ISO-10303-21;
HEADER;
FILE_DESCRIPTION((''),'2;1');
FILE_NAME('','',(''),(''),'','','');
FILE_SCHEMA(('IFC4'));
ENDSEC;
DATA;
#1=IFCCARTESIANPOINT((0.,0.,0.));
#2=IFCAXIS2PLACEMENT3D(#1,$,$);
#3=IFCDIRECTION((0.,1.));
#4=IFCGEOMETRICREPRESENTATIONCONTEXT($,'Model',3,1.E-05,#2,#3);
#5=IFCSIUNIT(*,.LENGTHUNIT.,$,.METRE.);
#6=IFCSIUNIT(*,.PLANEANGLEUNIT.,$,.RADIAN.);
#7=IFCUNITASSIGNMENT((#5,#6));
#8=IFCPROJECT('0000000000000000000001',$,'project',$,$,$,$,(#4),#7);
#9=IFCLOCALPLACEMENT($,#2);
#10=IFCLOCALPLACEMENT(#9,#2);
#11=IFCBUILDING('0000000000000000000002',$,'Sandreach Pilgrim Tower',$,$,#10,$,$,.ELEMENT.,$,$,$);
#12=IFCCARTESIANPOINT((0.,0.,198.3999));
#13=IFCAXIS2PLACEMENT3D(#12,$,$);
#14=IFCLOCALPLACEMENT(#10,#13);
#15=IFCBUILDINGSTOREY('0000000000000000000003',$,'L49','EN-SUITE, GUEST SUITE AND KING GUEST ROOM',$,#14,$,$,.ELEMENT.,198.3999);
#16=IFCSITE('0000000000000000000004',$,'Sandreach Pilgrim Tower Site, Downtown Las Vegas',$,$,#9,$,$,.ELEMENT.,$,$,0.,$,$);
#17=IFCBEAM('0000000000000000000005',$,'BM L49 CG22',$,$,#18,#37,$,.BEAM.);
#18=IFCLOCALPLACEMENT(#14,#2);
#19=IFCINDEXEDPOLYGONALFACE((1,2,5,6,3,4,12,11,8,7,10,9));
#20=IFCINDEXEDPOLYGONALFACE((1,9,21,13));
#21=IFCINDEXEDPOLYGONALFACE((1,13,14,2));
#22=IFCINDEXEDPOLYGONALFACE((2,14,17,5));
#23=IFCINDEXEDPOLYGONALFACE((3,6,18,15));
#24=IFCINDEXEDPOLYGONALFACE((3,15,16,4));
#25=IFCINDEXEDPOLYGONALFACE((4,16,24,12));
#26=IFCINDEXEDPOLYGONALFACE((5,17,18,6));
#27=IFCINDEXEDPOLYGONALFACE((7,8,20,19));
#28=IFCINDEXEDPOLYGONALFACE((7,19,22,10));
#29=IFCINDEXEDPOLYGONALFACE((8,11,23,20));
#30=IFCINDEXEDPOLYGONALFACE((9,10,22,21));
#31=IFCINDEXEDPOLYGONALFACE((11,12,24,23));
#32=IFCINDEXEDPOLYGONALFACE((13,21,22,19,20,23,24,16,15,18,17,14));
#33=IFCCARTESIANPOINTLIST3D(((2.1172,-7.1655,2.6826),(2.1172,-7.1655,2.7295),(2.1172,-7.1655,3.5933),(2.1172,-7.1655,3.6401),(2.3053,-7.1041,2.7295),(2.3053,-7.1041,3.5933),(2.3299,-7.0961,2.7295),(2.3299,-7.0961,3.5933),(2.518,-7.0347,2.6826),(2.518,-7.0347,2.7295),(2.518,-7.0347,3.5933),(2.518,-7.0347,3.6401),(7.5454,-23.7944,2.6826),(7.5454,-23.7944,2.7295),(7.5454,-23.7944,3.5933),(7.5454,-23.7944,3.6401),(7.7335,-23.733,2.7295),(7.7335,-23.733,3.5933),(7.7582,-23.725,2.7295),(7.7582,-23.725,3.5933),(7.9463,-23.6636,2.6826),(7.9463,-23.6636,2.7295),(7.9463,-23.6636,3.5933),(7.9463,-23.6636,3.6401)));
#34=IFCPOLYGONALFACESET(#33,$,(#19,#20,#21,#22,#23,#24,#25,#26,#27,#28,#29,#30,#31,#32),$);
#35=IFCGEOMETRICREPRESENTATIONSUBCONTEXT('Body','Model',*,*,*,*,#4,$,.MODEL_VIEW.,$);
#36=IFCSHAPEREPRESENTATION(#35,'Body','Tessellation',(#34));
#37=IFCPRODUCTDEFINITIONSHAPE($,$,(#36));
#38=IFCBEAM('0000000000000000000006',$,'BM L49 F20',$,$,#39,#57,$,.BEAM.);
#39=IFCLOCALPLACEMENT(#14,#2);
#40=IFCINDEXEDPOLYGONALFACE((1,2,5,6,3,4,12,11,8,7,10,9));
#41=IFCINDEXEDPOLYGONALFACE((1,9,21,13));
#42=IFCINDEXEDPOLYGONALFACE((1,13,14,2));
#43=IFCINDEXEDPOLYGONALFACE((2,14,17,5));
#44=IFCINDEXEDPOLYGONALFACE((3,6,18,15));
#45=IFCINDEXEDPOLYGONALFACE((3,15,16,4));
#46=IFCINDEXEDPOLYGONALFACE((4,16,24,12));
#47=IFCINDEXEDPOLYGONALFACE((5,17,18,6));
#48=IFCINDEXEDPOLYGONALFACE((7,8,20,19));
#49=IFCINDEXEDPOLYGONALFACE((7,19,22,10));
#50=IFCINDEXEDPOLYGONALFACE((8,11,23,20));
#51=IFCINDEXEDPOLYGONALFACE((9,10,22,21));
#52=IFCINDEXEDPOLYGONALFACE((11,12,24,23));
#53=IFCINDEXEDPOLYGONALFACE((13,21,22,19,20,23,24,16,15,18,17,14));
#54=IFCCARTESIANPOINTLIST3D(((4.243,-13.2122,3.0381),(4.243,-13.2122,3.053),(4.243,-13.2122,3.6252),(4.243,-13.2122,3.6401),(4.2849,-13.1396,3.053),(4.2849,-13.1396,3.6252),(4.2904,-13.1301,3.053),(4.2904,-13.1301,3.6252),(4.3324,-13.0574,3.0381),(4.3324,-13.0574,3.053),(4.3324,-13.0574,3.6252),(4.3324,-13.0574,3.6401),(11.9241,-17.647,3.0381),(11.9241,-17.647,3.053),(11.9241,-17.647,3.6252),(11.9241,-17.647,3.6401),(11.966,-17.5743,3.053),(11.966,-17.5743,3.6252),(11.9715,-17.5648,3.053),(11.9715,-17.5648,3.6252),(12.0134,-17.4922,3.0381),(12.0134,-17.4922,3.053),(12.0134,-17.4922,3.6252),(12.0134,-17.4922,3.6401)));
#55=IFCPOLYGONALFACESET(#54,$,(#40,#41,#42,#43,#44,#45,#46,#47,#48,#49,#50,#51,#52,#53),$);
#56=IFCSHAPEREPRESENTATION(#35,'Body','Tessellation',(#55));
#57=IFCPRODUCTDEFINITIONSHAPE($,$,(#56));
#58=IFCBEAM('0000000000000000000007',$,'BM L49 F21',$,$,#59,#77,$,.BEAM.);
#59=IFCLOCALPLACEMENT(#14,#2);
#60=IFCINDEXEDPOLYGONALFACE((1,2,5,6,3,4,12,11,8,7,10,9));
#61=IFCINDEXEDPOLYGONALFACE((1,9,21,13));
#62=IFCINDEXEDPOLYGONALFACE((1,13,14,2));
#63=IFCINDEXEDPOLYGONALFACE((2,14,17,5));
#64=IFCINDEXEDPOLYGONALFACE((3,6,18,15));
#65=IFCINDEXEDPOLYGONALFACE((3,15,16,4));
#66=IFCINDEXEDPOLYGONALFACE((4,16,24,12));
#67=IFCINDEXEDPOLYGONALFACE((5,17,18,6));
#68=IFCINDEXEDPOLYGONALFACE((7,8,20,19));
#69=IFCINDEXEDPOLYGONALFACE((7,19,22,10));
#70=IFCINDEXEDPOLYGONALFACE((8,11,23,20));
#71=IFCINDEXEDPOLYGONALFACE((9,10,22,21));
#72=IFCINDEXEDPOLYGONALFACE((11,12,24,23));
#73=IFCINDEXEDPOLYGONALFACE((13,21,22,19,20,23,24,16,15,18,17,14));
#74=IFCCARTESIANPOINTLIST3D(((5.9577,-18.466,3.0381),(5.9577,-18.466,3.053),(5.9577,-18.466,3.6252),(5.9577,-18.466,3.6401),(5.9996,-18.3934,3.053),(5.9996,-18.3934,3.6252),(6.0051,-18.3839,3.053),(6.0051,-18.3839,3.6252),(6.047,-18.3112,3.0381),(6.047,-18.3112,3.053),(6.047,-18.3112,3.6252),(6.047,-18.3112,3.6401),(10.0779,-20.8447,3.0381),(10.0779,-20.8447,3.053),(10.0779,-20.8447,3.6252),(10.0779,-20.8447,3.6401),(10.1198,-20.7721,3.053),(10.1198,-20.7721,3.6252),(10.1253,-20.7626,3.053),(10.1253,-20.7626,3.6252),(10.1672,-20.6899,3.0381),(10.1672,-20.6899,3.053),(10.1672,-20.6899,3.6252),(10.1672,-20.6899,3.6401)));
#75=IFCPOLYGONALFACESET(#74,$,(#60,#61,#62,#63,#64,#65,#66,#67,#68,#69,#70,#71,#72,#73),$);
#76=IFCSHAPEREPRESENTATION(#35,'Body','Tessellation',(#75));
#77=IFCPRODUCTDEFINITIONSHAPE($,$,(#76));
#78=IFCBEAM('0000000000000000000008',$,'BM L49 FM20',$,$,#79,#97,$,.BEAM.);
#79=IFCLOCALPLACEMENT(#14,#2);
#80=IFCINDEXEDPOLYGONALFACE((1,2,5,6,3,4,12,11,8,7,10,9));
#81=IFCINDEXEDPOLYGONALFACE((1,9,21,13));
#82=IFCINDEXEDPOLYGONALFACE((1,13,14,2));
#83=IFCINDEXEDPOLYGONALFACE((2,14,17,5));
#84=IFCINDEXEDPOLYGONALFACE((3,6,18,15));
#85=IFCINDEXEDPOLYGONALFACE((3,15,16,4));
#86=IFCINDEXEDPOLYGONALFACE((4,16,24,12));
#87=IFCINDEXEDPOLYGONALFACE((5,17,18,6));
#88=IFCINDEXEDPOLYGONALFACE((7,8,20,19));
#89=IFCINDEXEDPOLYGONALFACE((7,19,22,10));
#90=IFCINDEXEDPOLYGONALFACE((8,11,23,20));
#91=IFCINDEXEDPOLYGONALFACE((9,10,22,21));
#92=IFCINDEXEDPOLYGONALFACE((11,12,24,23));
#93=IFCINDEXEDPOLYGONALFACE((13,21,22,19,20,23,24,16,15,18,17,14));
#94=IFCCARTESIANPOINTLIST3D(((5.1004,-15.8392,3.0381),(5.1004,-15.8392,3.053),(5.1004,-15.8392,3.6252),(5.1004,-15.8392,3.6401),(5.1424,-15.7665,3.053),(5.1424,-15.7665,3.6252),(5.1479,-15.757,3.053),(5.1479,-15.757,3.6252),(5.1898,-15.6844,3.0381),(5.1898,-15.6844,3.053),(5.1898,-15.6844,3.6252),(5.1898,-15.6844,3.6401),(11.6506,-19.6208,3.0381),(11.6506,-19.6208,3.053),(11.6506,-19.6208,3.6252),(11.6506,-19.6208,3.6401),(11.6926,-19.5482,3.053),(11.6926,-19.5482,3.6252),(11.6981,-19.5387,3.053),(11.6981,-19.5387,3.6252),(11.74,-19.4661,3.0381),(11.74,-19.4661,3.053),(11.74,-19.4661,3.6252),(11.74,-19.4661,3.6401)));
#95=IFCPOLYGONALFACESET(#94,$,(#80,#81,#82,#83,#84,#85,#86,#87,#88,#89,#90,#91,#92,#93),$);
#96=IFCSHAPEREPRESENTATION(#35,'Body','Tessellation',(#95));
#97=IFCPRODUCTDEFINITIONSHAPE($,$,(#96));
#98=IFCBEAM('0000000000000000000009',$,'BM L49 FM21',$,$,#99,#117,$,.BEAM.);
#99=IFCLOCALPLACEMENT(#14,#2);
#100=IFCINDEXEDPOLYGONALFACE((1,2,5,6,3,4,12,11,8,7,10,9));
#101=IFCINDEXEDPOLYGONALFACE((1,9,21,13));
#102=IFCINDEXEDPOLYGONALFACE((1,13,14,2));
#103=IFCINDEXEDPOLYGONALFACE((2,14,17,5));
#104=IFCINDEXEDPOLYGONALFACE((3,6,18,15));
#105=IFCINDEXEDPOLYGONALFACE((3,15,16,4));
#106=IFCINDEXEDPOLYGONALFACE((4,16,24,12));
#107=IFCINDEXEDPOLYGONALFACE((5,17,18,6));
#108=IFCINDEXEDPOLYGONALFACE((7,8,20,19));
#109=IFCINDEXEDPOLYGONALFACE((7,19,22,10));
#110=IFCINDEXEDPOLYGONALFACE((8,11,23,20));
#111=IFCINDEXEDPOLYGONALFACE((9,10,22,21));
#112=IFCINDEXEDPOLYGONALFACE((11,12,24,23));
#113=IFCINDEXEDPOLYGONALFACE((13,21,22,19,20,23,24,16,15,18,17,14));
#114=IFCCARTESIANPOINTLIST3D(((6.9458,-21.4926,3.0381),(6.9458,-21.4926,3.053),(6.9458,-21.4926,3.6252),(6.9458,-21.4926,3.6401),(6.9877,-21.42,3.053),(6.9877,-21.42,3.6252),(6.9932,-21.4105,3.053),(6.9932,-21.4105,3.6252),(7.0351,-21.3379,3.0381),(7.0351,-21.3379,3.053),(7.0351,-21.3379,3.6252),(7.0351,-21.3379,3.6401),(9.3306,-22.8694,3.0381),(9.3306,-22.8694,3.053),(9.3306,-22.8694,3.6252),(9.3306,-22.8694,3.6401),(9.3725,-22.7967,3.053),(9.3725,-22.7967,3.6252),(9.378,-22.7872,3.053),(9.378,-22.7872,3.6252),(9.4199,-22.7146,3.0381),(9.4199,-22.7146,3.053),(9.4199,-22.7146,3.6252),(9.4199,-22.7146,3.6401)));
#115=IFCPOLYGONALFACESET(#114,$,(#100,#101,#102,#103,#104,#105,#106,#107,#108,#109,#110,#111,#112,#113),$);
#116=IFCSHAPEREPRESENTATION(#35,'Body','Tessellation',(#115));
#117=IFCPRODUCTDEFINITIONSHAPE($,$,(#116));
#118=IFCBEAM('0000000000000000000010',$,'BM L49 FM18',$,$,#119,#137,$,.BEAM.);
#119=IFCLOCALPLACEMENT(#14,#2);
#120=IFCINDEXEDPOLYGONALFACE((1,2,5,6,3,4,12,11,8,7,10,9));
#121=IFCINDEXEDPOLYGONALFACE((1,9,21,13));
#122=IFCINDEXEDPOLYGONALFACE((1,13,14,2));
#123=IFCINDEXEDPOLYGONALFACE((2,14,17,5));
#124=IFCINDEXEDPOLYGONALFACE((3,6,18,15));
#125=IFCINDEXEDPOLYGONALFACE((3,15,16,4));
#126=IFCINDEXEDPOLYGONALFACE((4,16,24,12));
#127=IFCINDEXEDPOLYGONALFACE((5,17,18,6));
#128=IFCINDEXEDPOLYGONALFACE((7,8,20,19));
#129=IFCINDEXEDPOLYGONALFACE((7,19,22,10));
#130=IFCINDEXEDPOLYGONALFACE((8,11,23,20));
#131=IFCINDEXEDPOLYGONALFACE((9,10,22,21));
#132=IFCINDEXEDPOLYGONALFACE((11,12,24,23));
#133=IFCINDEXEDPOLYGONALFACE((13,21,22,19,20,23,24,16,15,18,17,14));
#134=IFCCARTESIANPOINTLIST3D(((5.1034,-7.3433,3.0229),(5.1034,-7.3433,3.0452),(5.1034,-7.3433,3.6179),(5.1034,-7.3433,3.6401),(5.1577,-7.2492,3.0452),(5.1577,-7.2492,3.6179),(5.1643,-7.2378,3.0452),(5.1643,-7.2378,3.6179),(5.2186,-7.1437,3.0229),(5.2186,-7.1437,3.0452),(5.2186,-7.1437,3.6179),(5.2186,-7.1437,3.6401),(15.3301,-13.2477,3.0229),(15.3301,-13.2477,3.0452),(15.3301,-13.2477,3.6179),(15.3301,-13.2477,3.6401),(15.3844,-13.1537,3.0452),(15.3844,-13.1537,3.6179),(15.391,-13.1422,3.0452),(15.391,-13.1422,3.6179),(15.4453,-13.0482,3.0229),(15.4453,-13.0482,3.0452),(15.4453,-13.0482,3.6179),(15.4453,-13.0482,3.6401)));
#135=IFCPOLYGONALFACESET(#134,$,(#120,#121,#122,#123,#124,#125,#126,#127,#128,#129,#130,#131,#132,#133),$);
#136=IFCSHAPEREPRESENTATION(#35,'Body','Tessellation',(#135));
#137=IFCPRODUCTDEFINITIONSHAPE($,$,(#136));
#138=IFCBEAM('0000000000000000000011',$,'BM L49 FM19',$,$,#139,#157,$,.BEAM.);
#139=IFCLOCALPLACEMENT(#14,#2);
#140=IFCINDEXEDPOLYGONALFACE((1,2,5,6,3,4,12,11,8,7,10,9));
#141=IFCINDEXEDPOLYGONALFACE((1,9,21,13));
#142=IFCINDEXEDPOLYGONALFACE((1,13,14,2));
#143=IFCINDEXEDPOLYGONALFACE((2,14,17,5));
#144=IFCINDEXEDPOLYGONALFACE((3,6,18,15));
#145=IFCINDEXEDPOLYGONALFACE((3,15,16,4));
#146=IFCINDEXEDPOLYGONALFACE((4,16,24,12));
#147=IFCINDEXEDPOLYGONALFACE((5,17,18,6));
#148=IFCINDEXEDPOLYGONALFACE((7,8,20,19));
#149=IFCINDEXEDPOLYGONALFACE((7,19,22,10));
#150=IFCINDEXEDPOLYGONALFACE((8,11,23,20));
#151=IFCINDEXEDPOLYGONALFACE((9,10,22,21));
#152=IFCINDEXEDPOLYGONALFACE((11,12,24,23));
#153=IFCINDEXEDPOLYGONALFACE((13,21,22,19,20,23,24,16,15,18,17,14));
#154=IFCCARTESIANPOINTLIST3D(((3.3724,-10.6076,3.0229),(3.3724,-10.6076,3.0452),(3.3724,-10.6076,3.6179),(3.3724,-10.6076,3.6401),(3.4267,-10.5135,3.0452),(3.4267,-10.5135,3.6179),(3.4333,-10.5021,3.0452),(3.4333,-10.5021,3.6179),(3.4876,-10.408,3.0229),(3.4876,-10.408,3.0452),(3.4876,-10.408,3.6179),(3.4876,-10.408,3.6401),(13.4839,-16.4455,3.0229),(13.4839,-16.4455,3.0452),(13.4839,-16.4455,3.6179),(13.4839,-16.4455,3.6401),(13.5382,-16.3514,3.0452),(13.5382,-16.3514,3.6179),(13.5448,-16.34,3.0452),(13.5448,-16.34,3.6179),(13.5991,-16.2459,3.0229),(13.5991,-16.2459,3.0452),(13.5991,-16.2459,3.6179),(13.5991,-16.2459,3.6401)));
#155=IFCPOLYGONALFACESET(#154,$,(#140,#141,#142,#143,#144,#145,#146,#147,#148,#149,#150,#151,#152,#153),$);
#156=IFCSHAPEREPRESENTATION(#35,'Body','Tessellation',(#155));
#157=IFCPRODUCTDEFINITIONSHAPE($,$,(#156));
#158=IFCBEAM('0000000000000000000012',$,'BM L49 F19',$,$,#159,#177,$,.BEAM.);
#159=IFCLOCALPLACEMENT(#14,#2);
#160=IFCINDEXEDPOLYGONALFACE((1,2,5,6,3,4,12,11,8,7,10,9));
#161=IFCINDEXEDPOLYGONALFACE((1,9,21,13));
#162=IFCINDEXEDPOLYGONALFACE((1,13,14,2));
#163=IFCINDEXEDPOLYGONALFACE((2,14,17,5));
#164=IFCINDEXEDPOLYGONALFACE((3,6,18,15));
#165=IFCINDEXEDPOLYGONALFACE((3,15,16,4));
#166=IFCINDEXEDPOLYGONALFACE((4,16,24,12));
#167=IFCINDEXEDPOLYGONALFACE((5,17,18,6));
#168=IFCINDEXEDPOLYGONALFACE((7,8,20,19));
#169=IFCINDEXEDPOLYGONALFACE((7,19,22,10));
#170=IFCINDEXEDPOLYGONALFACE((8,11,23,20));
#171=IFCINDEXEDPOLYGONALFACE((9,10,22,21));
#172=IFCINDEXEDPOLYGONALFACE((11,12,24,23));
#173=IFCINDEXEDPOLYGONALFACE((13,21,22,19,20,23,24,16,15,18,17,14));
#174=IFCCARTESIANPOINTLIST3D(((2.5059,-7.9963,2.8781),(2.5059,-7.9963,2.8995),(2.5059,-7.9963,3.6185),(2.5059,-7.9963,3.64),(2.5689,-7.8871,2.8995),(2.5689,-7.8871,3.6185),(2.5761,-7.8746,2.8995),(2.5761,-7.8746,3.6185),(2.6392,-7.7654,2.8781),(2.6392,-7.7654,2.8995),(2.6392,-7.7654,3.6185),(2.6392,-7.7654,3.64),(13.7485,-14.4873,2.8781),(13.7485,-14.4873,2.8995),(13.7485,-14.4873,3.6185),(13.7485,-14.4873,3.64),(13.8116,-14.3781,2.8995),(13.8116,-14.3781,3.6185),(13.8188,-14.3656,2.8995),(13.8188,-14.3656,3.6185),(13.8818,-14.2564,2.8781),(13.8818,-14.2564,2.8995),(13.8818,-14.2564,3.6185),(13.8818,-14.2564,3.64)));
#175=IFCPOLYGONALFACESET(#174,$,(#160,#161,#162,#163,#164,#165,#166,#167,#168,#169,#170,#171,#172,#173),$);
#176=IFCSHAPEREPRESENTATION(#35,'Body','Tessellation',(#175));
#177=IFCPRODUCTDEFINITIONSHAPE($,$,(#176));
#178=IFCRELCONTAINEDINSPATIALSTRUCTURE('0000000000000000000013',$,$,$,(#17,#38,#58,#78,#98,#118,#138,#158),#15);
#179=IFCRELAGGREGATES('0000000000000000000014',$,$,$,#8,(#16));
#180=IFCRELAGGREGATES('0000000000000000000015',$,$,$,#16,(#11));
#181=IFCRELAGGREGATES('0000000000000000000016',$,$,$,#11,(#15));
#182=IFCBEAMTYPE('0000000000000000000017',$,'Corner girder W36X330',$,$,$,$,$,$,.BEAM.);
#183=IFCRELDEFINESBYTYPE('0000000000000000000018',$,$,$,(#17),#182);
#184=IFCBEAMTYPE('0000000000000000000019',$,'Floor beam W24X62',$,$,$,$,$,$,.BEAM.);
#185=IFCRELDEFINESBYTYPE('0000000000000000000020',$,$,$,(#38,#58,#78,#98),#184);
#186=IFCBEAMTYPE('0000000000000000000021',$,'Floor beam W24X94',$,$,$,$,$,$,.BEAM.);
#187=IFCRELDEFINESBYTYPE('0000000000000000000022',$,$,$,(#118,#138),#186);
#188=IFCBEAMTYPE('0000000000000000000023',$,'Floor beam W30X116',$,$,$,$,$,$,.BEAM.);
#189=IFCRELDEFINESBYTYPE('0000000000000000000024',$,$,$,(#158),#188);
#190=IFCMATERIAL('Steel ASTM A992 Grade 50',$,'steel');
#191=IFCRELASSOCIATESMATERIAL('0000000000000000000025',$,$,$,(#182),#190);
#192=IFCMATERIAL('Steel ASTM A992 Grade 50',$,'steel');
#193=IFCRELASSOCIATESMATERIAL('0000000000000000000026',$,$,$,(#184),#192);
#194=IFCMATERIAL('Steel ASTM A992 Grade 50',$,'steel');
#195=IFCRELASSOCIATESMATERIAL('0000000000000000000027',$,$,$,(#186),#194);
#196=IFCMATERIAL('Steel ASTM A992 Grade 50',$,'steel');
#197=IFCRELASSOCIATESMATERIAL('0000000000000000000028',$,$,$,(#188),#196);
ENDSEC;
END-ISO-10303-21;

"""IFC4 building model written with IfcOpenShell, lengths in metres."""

from ifc_helpers import new_model, si_unit, direction, frame, origin, origin_2d, place, context, subcontext, project, spatial, i_section, extrude, material, material_profile, profile_set, type_object, element, save


model = new_model("IFC4")

# Units and contexts
model_context = context("Model", 3, precision=1e-05, world=origin(), true_north=direction((0.0, 1.0)))
body_context = subcontext(model_context, "Body", "Model", "MODEL_VIEW")
ifc_project = project(units=[si_unit("LENGTHUNIT", "METRE"), si_unit("PLANEANGLEUNIT", "RADIAN")], contexts=[model_context])

# Site, building, storey
site_placement = place(None, origin())
site = spatial("IfcSite", under=ifc_project, at=site_placement, Name="Sandreach Pilgrim Tower Site, Downtown Las Vegas", CompositionType="ELEMENT", RefElevation=0.0)
building_placement = place(site_placement, origin())
building = spatial("IfcBuilding", under=site, at=building_placement, Name="Sandreach Pilgrim Tower", CompositionType="ELEMENT")
storey_placement = place(building_placement, frame((0.0, 0.0, 198.3999)))
storey = spatial("IfcBuildingStorey", under=building, at=storey_placement, Name="L49", Description="EN-SUITE, GUEST SUITE AND KING GUEST ROOM", CompositionType="ELEMENT", Elevation=198.3999)

# Beams
ifc_material_1 = material(Name="Steel ASTM A992 Grade 50", Category="steel")
ifc_material_profile_1 = material_profile(ifc_material_1, i_section(OverallWidth=0.4216, OverallDepth=0.9575, WebThickness=0.0259, FlangeThickness=0.0469, at=origin_2d()), Name="W36X330")
ifc_profile_set_1 = profile_set([ifc_material_profile_1], Name="Steel ASTM A992 Grade 50")
beam_type_1 = type_object("IfcBeamType", Name="Corner girder W36X330", PredefinedType="BEAM", material=ifc_profile_set_1)
beam_1_placement = place(storey_placement, frame((7.7458, -23.729, 3.1614), z_axis=(-0.310318, 0.950633, 0.0), x_axis=(-0.950633, -0.310318, 0.0)))
element("IfcBeam", 1, at=beam_1_placement, inside=storey, type_object=beam_type_1, Name="BM L49 CG22", PredefinedType="BEAM", context=body_context, shape_type="SweptSolid", body=[
    extrude(i_section(OverallWidth=0.4216, OverallDepth=0.9575, WebThickness=0.0259, FlangeThickness=0.0469, at=origin_2d()), origin(), (0.0, 0.0, 1.0), 17.4924),
])
ifc_material_2 = material(Name="Steel ASTM A992 Grade 50", Category="steel")
ifc_material_profile_2 = material_profile(ifc_material_2, i_section(OverallWidth=0.1787, OverallDepth=0.6021, WebThickness=0.011, FlangeThickness=0.0149, at=origin_2d()), Name="W24X62")
ifc_profile_set_2 = profile_set([ifc_material_profile_2], Name="Steel ASTM A992 Grade 50")
beam_type_2 = type_object("IfcBeamType", Name="Floor beam W24X62", PredefinedType="BEAM", material=ifc_profile_set_2)
beam_2_placement = place(storey_placement, frame((11.9688, -17.5696, 3.3391), z_axis=(-0.866021, 0.500008, 0.0), x_axis=(-0.500008, -0.866021, 0.0)))
element("IfcBeam", 2, at=beam_2_placement, inside=storey, type_object=beam_type_2, Name="BM L49 F20", PredefinedType="BEAM", context=body_context, shape_type="SweptSolid", body=[
    extrude(i_section(OverallWidth=0.1787, OverallDepth=0.6021, WebThickness=0.011, FlangeThickness=0.0149, at=origin_2d()), origin(), (0.0, 0.0, 1.0), 8.8694),
])
beam_3_placement = place(storey_placement, frame((10.1226, -20.7673, 3.3391), z_axis=(-0.866033, 0.499986, 0.0), x_axis=(-0.499986, -0.866033, 0.0)))
element("IfcBeam", 3, at=beam_3_placement, inside=storey, type_object=beam_type_2, Name="BM L49 F21", PredefinedType="BEAM", context=body_context, shape_type="SweptSolid", body=[
    extrude(i_section(OverallWidth=0.1787, OverallDepth=0.6021, WebThickness=0.011, FlangeThickness=0.0149, at=origin_2d()), origin(), (0.0, 0.0, 1.0), 4.7576),
])
beam_4_placement = place(storey_placement, frame((11.6953, -19.5435, 3.3391), z_axis=(-0.86603, 0.499993, 0.0), x_axis=(-0.499993, -0.86603, 0.0)))
element("IfcBeam", 4, at=beam_4_placement, inside=storey, type_object=beam_type_2, Name="BM L49 FM20", PredefinedType="BEAM", context=body_context, shape_type="SweptSolid", body=[
    extrude(i_section(OverallWidth=0.1787, OverallDepth=0.6021, WebThickness=0.011, FlangeThickness=0.0149, at=origin_2d()), origin(), (0.0, 0.0, 1.0), 7.5635),
])
beam_5_placement = place(storey_placement, frame((9.3752, -22.792, 3.3391), z_axis=(-0.866047, 0.499963, 0.0), x_axis=(-0.499963, -0.866047, 0.0)))
element("IfcBeam", 5, at=beam_5_placement, inside=storey, type_object=beam_type_2, Name="BM L49 FM21", PredefinedType="BEAM", context=body_context, shape_type="SweptSolid", body=[
    extrude(i_section(OverallWidth=0.1787, OverallDepth=0.6021, WebThickness=0.011, FlangeThickness=0.0149, at=origin_2d()), origin(), (0.0, 0.0, 1.0), 2.7537),
])
ifc_material_3 = material(Name="Steel ASTM A992 Grade 50", Category="steel")
ifc_material_profile_3 = material_profile(ifc_material_3, i_section(OverallWidth=0.2305, OverallDepth=0.6172, WebThickness=0.0132, FlangeThickness=0.0222, at=origin_2d()), Name="W24X94")
ifc_profile_set_3 = profile_set([ifc_material_profile_3], Name="Steel ASTM A992 Grade 50")
beam_type_3 = type_object("IfcBeamType", Name="Floor beam W24X94", PredefinedType="BEAM", material=ifc_profile_set_3)
beam_6_placement = place(storey_placement, frame((15.3877, -13.1479, 3.3315), z_axis=(-0.866022, 0.500006, 0.0), x_axis=(-0.500006, -0.866022, 0.0)))
element("IfcBeam", 6, at=beam_6_placement, inside=storey, type_object=beam_type_3, Name="BM L49 FM18", PredefinedType="BEAM", context=body_context, shape_type="SweptSolid", body=[
    extrude(i_section(OverallWidth=0.2305, OverallDepth=0.6172, WebThickness=0.0132, FlangeThickness=0.0222, at=origin_2d()), origin(), (0.0, 0.0, 1.0), 11.8088),
])
beam_7_placement = place(storey_placement, frame((13.5415, -16.3457, 3.3315), z_axis=(-0.866026, 0.499998, 0.0), x_axis=(-0.499998, -0.866026, 0.0)))
element("IfcBeam", 7, at=beam_7_placement, inside=storey, type_object=beam_type_3, Name="BM L49 FM19", PredefinedType="BEAM", context=body_context, shape_type="SweptSolid", body=[
    extrude(i_section(OverallWidth=0.2305, OverallDepth=0.6172, WebThickness=0.0132, FlangeThickness=0.0222, at=origin_2d()), origin(), (0.0, 0.0, 1.0), 11.6758),
])
ifc_material_4 = material(Name="Steel ASTM A992 Grade 50", Category="steel")
ifc_material_profile_4 = material_profile(ifc_material_4, i_section(OverallWidth=0.2666, OverallDepth=0.762, WebThickness=0.0144, FlangeThickness=0.0215, at=origin_2d()), Name="W30X116")
ifc_profile_set_4 = profile_set([ifc_material_profile_4], Name="Steel ASTM A992 Grade 50")
beam_type_4 = type_object("IfcBeamType", Name="Floor beam W30X116", PredefinedType="BEAM", material=ifc_profile_set_4)
beam_8_placement = place(storey_placement, frame((13.8152, -14.3718, 3.259), z_axis=(-0.866025, 0.5, 0.0), x_axis=(-0.5, -0.866025, 0.0)))
element("IfcBeam", 8, at=beam_8_placement, inside=storey, type_object=beam_type_4, Name="BM L49 F19", PredefinedType="BEAM", context=body_context, shape_type="SweptSolid", body=[
    extrude(i_section(OverallWidth=0.2666, OverallDepth=0.762, WebThickness=0.0144, FlangeThickness=0.0215, at=origin_2d()), origin(), (0.0, 0.0, 1.0), 12.9819),
])

save(model, "model.ifc")
